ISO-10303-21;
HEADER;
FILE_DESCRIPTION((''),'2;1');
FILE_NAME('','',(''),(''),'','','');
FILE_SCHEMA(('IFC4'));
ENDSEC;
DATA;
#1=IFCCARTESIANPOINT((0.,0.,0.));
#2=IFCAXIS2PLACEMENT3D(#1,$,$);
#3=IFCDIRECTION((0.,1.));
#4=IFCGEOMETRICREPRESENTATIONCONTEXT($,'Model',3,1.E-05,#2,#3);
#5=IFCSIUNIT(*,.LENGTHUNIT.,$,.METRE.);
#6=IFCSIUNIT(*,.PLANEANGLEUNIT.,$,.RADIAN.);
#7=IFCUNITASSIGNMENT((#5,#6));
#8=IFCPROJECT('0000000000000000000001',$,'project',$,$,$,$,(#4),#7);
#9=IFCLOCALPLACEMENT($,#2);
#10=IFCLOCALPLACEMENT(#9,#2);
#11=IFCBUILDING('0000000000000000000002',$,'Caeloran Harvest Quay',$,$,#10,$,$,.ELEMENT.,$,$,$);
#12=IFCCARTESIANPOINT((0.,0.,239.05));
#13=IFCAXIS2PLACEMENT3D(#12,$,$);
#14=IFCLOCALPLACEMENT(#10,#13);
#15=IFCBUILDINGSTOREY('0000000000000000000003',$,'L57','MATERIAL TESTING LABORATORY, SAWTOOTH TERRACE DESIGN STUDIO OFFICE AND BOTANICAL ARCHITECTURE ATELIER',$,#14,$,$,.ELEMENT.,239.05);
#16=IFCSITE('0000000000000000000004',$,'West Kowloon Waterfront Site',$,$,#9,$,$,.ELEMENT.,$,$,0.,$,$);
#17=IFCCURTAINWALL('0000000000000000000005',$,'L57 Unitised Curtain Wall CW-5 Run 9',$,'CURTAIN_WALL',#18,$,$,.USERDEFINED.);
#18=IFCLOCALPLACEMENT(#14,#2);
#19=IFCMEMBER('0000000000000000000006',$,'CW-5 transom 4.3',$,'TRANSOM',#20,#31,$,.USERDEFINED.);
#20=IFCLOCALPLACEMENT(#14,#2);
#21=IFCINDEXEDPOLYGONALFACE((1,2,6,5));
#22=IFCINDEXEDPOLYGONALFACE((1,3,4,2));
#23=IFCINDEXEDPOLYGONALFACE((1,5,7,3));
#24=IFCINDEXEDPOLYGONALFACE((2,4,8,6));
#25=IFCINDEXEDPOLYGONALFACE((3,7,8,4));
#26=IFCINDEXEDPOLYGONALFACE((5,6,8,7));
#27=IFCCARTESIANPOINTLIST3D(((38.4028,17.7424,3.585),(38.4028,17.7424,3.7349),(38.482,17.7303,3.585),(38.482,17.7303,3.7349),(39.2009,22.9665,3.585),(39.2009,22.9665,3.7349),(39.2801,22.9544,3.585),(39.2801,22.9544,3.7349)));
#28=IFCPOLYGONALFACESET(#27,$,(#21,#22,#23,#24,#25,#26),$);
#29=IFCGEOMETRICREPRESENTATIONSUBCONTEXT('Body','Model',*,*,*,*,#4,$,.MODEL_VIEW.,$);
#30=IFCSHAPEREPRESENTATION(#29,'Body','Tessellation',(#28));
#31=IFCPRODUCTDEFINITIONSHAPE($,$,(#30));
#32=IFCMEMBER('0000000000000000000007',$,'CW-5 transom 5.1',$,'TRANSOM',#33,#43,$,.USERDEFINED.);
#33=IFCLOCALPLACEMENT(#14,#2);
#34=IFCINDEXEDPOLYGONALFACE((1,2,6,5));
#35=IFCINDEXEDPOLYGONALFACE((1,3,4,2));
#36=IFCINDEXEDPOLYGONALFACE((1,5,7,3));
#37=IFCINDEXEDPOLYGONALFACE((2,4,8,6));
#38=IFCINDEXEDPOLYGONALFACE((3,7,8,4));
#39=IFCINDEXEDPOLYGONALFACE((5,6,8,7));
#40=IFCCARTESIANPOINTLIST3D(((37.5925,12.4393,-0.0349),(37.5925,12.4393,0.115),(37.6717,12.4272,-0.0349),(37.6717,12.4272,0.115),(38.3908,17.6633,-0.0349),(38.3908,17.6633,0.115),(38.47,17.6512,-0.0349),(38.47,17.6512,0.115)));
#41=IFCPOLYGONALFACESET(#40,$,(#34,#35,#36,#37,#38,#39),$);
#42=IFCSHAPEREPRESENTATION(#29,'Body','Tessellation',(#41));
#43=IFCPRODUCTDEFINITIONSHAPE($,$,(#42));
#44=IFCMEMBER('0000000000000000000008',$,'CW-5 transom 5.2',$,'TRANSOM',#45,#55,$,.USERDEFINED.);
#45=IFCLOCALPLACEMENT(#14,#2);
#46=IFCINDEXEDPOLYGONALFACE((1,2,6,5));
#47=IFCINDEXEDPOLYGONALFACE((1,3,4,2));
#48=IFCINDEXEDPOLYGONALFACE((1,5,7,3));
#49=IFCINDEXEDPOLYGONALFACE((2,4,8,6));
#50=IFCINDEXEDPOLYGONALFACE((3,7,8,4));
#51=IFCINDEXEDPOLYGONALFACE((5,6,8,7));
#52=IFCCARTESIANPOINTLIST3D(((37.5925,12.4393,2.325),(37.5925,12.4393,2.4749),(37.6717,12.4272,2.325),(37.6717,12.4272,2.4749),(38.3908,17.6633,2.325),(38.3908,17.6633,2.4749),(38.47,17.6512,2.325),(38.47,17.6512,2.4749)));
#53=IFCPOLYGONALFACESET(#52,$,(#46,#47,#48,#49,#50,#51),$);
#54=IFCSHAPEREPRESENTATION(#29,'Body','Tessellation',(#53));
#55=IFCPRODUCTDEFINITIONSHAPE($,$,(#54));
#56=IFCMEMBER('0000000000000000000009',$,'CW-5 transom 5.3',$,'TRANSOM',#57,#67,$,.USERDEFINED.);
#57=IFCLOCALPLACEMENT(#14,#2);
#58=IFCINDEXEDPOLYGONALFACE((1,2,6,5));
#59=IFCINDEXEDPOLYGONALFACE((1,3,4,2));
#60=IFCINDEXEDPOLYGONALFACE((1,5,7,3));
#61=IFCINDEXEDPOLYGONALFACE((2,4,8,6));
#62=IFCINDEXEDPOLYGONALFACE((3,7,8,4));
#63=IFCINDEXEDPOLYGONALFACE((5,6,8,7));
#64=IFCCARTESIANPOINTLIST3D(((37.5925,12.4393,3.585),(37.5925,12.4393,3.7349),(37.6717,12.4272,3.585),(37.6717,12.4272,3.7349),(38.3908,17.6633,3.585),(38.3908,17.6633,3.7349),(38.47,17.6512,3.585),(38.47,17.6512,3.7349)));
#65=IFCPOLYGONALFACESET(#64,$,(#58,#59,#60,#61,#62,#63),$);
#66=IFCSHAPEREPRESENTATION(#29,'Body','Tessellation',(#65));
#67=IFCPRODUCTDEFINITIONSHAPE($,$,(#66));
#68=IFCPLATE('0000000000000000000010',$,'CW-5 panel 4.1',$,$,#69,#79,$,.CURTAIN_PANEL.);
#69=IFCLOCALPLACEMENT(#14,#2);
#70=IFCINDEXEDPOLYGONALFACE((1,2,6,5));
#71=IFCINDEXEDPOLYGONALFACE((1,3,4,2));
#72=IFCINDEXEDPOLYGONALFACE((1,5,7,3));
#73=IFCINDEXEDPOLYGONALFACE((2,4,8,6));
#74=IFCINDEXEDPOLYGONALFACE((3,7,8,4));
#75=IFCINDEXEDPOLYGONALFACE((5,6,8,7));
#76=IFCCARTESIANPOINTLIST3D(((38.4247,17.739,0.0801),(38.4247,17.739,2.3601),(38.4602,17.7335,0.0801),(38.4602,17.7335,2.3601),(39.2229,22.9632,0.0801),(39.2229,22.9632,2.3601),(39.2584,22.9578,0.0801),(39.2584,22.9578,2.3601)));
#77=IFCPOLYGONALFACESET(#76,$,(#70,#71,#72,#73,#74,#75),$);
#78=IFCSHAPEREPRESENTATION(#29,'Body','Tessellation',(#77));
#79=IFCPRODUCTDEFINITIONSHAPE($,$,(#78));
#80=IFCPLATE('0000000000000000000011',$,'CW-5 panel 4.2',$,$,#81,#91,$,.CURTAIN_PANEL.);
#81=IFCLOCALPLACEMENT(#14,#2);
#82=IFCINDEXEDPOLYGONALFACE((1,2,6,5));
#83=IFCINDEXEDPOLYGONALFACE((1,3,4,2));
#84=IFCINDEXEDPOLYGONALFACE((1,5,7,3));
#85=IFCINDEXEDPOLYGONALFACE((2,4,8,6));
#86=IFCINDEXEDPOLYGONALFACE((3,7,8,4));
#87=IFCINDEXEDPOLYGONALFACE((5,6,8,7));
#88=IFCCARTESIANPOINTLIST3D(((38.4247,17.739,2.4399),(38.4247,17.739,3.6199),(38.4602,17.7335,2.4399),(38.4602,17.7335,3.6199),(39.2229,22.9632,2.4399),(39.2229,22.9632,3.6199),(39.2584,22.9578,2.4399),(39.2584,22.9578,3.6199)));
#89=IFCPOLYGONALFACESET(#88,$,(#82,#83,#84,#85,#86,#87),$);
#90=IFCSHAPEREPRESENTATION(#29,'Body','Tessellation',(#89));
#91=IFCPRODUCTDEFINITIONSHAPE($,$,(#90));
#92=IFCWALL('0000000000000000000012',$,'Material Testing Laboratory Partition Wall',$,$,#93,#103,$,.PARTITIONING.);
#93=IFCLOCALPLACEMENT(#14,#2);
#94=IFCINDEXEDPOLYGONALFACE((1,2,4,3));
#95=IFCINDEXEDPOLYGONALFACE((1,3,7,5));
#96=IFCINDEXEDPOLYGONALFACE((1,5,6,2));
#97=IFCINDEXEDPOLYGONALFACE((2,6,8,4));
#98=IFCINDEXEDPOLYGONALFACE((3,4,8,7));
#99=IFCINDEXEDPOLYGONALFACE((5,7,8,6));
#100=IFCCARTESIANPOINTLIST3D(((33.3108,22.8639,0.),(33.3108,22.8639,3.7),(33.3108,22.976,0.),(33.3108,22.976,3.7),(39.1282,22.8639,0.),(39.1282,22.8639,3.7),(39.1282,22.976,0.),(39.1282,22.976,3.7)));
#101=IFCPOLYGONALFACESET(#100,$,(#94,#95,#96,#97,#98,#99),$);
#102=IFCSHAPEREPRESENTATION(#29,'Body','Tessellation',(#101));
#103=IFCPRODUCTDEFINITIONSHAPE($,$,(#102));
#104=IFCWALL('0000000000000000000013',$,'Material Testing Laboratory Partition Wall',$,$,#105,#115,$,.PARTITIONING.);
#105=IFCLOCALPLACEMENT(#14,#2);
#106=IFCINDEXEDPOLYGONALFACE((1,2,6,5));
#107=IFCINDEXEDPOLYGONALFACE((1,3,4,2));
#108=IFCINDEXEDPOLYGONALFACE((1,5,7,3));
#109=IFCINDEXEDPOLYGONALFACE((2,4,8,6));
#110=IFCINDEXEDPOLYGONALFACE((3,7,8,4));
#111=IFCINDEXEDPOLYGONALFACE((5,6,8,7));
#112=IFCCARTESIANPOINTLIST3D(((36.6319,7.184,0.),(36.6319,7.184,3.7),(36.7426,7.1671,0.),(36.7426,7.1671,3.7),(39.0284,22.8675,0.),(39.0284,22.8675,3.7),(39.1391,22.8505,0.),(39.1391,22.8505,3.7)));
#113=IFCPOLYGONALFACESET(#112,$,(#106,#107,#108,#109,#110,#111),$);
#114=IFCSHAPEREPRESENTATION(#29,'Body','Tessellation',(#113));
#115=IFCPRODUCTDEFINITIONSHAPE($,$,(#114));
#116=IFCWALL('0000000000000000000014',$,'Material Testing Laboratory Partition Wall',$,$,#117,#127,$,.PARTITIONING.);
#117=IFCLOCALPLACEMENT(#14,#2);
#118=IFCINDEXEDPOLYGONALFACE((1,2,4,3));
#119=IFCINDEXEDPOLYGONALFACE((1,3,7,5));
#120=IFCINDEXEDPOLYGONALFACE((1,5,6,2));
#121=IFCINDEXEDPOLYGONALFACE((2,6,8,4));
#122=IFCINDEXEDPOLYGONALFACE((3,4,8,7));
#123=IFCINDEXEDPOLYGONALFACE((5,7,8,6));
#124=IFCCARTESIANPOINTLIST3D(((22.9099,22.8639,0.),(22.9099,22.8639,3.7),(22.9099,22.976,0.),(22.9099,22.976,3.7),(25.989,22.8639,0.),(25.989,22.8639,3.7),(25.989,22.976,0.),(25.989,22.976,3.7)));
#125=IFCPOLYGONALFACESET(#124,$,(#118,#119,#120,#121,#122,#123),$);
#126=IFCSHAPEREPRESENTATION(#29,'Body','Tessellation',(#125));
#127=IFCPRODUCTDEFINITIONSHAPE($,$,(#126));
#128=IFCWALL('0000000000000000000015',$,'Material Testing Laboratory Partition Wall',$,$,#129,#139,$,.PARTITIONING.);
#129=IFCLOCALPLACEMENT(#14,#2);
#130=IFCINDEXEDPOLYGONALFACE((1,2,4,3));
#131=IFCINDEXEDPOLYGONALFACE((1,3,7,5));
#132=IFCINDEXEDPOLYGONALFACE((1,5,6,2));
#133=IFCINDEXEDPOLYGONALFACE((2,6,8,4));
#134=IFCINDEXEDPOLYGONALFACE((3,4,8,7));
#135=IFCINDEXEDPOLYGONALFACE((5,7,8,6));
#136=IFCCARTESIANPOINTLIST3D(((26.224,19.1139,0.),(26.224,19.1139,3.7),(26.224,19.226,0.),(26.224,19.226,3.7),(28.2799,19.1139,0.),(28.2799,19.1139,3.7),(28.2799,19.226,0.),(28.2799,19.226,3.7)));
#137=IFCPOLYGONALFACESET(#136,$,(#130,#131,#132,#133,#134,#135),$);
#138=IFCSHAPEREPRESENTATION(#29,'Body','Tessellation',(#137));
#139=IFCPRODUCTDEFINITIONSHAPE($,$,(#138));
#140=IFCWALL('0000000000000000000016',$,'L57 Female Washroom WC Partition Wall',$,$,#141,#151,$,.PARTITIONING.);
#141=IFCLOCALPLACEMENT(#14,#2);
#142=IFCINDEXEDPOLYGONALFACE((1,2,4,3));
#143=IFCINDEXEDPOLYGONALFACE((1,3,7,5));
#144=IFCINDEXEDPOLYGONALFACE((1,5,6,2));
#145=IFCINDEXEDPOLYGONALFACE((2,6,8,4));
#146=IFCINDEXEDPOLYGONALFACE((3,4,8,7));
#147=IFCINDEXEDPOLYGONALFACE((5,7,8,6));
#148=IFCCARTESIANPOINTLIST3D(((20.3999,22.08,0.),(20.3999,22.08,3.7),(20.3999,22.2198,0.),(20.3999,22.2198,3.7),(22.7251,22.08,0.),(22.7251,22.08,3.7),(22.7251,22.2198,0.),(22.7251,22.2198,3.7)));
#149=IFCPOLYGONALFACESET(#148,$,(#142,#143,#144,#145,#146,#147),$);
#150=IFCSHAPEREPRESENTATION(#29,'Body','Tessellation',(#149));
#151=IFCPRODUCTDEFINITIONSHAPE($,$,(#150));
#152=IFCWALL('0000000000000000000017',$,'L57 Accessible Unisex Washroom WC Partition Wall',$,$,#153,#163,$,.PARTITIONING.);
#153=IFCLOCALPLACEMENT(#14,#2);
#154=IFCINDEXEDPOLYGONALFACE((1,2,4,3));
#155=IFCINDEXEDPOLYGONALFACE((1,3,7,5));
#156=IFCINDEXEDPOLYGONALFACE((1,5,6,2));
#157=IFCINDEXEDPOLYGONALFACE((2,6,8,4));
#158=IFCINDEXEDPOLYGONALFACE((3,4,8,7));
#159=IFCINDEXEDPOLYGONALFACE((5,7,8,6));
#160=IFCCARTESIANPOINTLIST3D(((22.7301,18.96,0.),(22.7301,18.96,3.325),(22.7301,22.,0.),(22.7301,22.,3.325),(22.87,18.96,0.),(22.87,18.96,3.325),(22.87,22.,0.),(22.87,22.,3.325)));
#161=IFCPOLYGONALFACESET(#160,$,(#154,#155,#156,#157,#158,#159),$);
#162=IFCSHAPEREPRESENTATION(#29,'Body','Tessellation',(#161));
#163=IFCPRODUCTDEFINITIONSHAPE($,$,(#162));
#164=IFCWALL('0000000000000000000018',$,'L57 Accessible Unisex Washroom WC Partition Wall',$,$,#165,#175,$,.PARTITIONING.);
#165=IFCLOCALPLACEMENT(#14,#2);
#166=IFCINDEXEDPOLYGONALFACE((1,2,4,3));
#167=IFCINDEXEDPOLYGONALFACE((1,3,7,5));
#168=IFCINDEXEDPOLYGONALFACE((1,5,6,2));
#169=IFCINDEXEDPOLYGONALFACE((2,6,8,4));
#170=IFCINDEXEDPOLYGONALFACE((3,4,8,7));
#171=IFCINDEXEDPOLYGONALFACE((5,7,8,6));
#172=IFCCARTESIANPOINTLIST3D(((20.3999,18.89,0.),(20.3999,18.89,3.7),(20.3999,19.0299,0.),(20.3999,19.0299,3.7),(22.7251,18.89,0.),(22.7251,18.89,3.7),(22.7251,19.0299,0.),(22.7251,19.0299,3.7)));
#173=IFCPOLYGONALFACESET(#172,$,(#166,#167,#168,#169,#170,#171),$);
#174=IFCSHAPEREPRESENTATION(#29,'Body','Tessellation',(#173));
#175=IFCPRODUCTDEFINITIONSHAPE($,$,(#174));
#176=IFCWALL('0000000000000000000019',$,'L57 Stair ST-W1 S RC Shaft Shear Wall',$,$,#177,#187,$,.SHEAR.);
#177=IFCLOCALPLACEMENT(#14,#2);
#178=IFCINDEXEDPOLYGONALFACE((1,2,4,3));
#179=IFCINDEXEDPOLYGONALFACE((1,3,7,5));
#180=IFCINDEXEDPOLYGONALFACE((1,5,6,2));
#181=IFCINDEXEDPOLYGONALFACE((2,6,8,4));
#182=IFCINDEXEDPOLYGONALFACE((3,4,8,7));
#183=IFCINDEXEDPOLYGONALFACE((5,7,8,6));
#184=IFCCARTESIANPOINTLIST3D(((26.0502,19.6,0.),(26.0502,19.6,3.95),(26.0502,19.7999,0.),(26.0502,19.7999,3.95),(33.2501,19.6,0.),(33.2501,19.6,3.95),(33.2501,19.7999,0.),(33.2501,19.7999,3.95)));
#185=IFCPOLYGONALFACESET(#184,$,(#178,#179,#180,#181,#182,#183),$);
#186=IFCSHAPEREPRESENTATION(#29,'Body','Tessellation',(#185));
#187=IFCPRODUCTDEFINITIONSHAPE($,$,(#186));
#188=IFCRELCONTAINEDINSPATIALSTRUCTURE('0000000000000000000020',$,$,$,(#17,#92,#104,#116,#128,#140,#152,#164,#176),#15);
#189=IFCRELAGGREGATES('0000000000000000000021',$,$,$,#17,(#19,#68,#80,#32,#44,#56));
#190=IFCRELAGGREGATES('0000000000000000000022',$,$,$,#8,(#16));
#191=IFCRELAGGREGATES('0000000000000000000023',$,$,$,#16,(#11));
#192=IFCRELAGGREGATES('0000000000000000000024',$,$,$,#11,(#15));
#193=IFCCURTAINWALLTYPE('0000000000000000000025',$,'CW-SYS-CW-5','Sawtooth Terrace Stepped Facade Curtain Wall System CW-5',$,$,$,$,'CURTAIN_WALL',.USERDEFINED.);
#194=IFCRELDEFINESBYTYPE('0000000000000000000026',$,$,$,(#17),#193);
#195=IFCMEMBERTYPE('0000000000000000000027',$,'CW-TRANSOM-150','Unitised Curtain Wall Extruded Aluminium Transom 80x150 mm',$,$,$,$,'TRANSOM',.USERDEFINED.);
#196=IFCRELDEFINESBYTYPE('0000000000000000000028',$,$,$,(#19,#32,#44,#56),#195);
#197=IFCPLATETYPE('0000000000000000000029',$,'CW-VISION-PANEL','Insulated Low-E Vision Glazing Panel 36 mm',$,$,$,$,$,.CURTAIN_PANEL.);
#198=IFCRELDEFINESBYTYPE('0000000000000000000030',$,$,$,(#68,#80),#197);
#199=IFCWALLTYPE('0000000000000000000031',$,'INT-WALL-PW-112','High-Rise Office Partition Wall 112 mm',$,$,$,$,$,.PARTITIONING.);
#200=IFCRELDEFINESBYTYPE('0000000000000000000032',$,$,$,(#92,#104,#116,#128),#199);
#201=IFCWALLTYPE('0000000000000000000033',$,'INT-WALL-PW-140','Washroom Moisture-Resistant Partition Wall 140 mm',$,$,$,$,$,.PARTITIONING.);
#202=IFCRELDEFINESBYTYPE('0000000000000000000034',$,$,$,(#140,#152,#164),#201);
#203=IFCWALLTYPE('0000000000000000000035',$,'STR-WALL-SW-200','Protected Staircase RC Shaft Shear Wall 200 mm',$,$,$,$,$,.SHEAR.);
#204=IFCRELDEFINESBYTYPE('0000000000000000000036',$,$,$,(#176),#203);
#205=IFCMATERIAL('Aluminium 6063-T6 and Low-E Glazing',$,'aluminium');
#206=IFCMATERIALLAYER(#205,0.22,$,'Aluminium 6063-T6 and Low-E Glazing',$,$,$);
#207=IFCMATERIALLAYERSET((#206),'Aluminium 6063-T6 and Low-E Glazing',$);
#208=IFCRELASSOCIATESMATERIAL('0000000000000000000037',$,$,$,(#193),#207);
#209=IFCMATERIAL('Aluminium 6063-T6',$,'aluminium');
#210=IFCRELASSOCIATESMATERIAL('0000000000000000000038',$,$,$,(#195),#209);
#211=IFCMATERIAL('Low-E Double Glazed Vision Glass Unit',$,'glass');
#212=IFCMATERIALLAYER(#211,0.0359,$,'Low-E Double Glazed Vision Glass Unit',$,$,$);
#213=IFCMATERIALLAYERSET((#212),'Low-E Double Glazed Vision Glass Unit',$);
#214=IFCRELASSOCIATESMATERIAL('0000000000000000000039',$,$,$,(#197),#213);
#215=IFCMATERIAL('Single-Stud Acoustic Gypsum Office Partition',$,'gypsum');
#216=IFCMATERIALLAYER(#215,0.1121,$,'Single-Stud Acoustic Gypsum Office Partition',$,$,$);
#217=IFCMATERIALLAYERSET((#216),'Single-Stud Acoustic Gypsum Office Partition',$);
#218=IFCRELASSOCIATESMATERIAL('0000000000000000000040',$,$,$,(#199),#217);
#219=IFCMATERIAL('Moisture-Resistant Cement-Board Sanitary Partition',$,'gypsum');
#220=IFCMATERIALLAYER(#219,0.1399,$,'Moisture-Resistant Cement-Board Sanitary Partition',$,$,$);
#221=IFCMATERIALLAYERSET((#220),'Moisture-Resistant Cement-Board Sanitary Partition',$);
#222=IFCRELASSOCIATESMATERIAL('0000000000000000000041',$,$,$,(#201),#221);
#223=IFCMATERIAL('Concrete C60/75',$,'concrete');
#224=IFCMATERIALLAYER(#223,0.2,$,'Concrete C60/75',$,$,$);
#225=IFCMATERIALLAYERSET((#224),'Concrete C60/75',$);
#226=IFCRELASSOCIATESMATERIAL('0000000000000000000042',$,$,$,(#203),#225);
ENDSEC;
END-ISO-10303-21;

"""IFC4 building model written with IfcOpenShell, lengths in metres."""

from ifc_helpers import new_model, si_unit, direction, frame, frame_2d, origin, origin_2d, place, context, subcontext, project, spatial, rectangle, extrude, material, layer, layer_set, material_profile, profile_set, type_object, element, aggregate, save


model = new_model("IFC4")

# Units and contexts
model_context = context("Model", 3, precision=1e-05, world=origin(), true_north=direction((0.0, 1.0)))
body_context = subcontext(model_context, "Body", "Model", "MODEL_VIEW")
ifc_project = project(units=[si_unit("LENGTHUNIT", "METRE"), si_unit("PLANEANGLEUNIT", "RADIAN")], contexts=[model_context])

# Site, building, storey
site_placement = place(None, origin())
site = spatial("IfcSite", under=ifc_project, at=site_placement, Name="West Kowloon Waterfront Site", CompositionType="ELEMENT", RefElevation=0.0)
building_placement = place(site_placement, origin())
building = spatial("IfcBuilding", under=site, at=building_placement, Name="Caeloran Harvest Quay", CompositionType="ELEMENT")
storey_placement = place(building_placement, frame((0.0, 0.0, 239.05)))
storey = spatial("IfcBuildingStorey", under=building, at=storey_placement, Name="L57", Description="MATERIAL TESTING LABORATORY, SAWTOOTH TERRACE DESIGN STUDIO OFFICE AND BOTANICAL ARCHITECTURE ATELIER", CompositionType="ELEMENT", Elevation=239.05)

# Curtain wall, members, plates
ifc_material_1 = material(Name="Aluminium 6063-T6 and Low-E Glazing", Category="aluminium")
ifc_layer_1 = layer(ifc_material_1, 0.22, Name="Aluminium 6063-T6 and Low-E Glazing")
ifc_layer_set_1 = layer_set([ifc_layer_1], Name="Aluminium 6063-T6 and Low-E Glazing")
curtain_wall_type = type_object("IfcCurtainWallType", Name="CW-SYS-CW-5", Description="Sawtooth Terrace Stepped Facade Curtain Wall System CW-5", ElementType="CURTAIN_WALL", PredefinedType="USERDEFINED", material=ifc_layer_set_1)
curtain_wall_placement = place(storey_placement, origin())
curtain_wall = element("IfcCurtainWall", 1, at=curtain_wall_placement, inside=storey, type_object=curtain_wall_type, Name="L57 Unitised Curtain Wall CW-5 Run 9", ObjectType="CURTAIN_WALL", PredefinedType="USERDEFINED")
ifc_material_2 = material(Name="Aluminium 6063-T6", Category="aluminium")
ifc_material_profile_1 = material_profile(ifc_material_2, rectangle(XDim=0.0801, YDim=0.1499, at=origin_2d()), Name="CW-TRANSOM-150")
ifc_profile_set_1 = profile_set([ifc_material_profile_1], Name="Aluminium 6063-T6")
member_type_1 = type_object("IfcMemberType", Name="CW-TRANSOM-150", Description="Unitised Curtain Wall Extruded Aluminium Transom 80x150 mm", ElementType="TRANSOM", PredefinedType="USERDEFINED", material=ifc_profile_set_1)
member_1_placement = place(storey_placement, frame((39.2405, 22.9604, 3.6599), z_axis=(-0.151019, -0.988531, 0.0), x_axis=(0.988531, -0.151019, 0.0)))
member_1 = element("IfcMember", 2, at=member_1_placement, type_object=member_type_1, Name="CW-5 transom 4.3", ObjectType="TRANSOM", PredefinedType="USERDEFINED", context=body_context, shape_type="SweptSolid", body=[
    extrude(rectangle(XDim=0.0801, YDim=0.1499, at=origin_2d()), origin(), (0.0, 0.0, 1.0), 5.2847),
])
member_2_placement = place(storey_placement, frame((38.4304, 17.6572, 0.04), z_axis=(-0.151064, -0.988524, 0.0), x_axis=(0.988524, -0.151064, 0.0)))
member_2 = element("IfcMember", 3, at=member_2_placement, type_object=member_type_1, Name="CW-5 transom 5.1", ObjectType="TRANSOM", PredefinedType="USERDEFINED", context=body_context, shape_type="SweptSolid", body=[
    extrude(rectangle(XDim=0.0801, YDim=0.1499, at=origin_2d()), origin(), (0.0, 0.0, 1.0), 5.2847),
])
member_3_placement = place(storey_placement, frame((38.4304, 17.6572, 2.3999), z_axis=(-0.151064, -0.988524, 0.0), x_axis=(0.988524, -0.151064, 0.0)))
member_3 = element("IfcMember", 4, at=member_3_placement, type_object=member_type_1, Name="CW-5 transom 5.2", ObjectType="TRANSOM", PredefinedType="USERDEFINED", context=body_context, shape_type="SweptSolid", body=[
    extrude(rectangle(XDim=0.0801, YDim=0.1499, at=origin_2d()), origin(), (0.0, 0.0, 1.0), 5.2847),
])
member_4_placement = place(storey_placement, frame((38.4304, 17.6572, 3.6599), z_axis=(-0.151064, -0.988524, 0.0), x_axis=(0.988524, -0.151064, 0.0)))
member_4 = element("IfcMember", 5, at=member_4_placement, type_object=member_type_1, Name="CW-5 transom 5.3", ObjectType="TRANSOM", PredefinedType="USERDEFINED", context=body_context, shape_type="SweptSolid", body=[
    extrude(rectangle(XDim=0.0801, YDim=0.1499, at=origin_2d()), origin(), (0.0, 0.0, 1.0), 5.2847),
])
ifc_material_3 = material(Name="Low-E Double Glazed Vision Glass Unit", Category="glass")
ifc_layer_2 = layer(ifc_material_3, 0.0359, Name="Low-E Double Glazed Vision Glass Unit")
ifc_layer_set_2 = layer_set([ifc_layer_2], Name="Low-E Double Glazed Vision Glass Unit")
plate_type = type_object("IfcPlateType", Name="CW-VISION-PANEL", Description="Insulated Low-E Vision Glazing Panel 36 mm", PredefinedType="CURTAIN_PANEL", material=ifc_layer_set_2)
plate_1_placement = place(storey_placement, frame((38.8416, 20.3484, 0.0801), z_axis=(0.0, 0.0, 1.0), x_axis=(-0.151028, -0.98853, 0.0)))
plate_1 = element("IfcPlate", 6, at=plate_1_placement, type_object=plate_type, Name="CW-5 panel 4.1", PredefinedType="CURTAIN_PANEL", context=body_context, shape_type="SweptSolid", body=[
    extrude(rectangle(XDim=5.2849, YDim=0.0359, at=origin_2d()), origin(), (0.0, 0.0, 1.0), 2.28),
])
plate_2_placement = place(storey_placement, frame((38.8416, 20.3484, 2.4399), z_axis=(0.0, 0.0, 1.0), x_axis=(-0.151028, -0.98853, 0.0)))
plate_2 = element("IfcPlate", 7, at=plate_2_placement, type_object=plate_type, Name="CW-5 panel 4.2", PredefinedType="CURTAIN_PANEL", context=body_context, shape_type="SweptSolid", body=[
    extrude(rectangle(XDim=5.2849, YDim=0.0359, at=origin_2d()), origin(), (0.0, 0.0, 1.0), 1.1799),
])
aggregate(curtain_wall, [member_1, plate_1, plate_2, member_2, member_3, member_4])

# Walls
ifc_material_4 = material(Name="Single-Stud Acoustic Gypsum Office Partition", Category="gypsum")
ifc_layer_3 = layer(ifc_material_4, 0.1121, Name="Single-Stud Acoustic Gypsum Office Partition")
ifc_layer_set_3 = layer_set([ifc_layer_3], Name="Single-Stud Acoustic Gypsum Office Partition")
wall_type_1 = type_object("IfcWallType", Name="INT-WALL-PW-112", Description="High-Rise Office Partition Wall 112 mm", PredefinedType="PARTITIONING", material=ifc_layer_set_3)
wall_1_placement = place(storey_placement, frame((33.3108, 22.9199, 0.0), z_axis=(0.0, 0.0, 1.0), x_axis=(1.0, 0.0, 0.0)))
element("IfcWall", 8, at=wall_1_placement, inside=storey, type_object=wall_type_1, Name="Material Testing Laboratory Partition Wall", PredefinedType="PARTITIONING", context=body_context, shape_type="SweptSolid", body=[
    extrude(rectangle(XDim=5.8174, YDim=0.1121, at=frame_2d((2.9087, 0.0))), origin(), (0.0, 0.0, 1.0), 3.7),
])
wall_2_placement = place(storey_placement, frame((39.0837, 22.8589, 0.0), z_axis=(0.0, 0.0, 1.0), x_axis=(-0.151051, -0.988526, 0.0)))
element("IfcWall", 9, at=wall_2_placement, inside=storey, type_object=wall_type_1, Name="Material Testing Laboratory Partition Wall", PredefinedType="PARTITIONING", context=body_context, shape_type="SweptSolid", body=[
    extrude(rectangle(XDim=15.8655, YDim=0.1121, at=frame_2d((7.9326, 0.0))), origin(), (0.0, 0.0, 1.0), 3.7),
])
wall_3_placement = place(storey_placement, frame((22.9099, 22.9199, 0.0), z_axis=(0.0, 0.0, 1.0), x_axis=(1.0, 0.0, 0.0)))
element("IfcWall", 10, at=wall_3_placement, inside=storey, type_object=wall_type_1, Name="Material Testing Laboratory Partition Wall", PredefinedType="PARTITIONING", context=body_context, shape_type="SweptSolid", body=[
    extrude(rectangle(XDim=3.0791, YDim=0.1121, at=frame_2d((1.5396, 0.0))), origin(), (0.0, 0.0, 1.0), 3.7),
])
wall_4_placement = place(storey_placement, frame((26.2241, 19.1699, 0.0), z_axis=(0.0, 0.0, 1.0), x_axis=(1.0, 0.0, 0.0)))
element("IfcWall", 11, at=wall_4_placement, inside=storey, type_object=wall_type_1, Name="Material Testing Laboratory Partition Wall", PredefinedType="PARTITIONING", context=body_context, shape_type="SweptSolid", body=[
    extrude(rectangle(XDim=2.0559, YDim=0.1121, at=frame_2d((1.0278, 0.0))), origin(), (0.0, 0.0, 1.0), 3.7),
])
ifc_material_5 = material(Name="Moisture-Resistant Cement-Board Sanitary Partition", Category="gypsum")
ifc_layer_4 = layer(ifc_material_5, 0.1399, Name="Moisture-Resistant Cement-Board Sanitary Partition")
ifc_layer_set_4 = layer_set([ifc_layer_4], Name="Moisture-Resistant Cement-Board Sanitary Partition")
wall_type_2 = type_object("IfcWallType", Name="INT-WALL-PW-140", Description="Washroom Moisture-Resistant Partition Wall 140 mm", PredefinedType="PARTITIONING", material=ifc_layer_set_4)
wall_5_placement = place(storey_placement, frame((22.7251, 22.1499, 0.0), z_axis=(0.0, 0.0, 1.0), x_axis=(-1.0, 0.0, 0.0)))
element("IfcWall", 12, at=wall_5_placement, inside=storey, type_object=wall_type_2, Name="L57 Female Washroom WC Partition Wall", PredefinedType="PARTITIONING", context=body_context, shape_type="SweptSolid", body=[
    extrude(rectangle(XDim=2.3252, YDim=0.1399, at=frame_2d((1.1626, 0.0))), origin(), (0.0, 0.0, 1.0), 3.7),
])
wall_6_placement = place(storey_placement, frame((22.8, 22.0, 0.0), z_axis=(0.0, 0.0, 1.0), x_axis=(0.0, -1.0, 0.0)))
element("IfcWall", 13, at=wall_6_placement, inside=storey, type_object=wall_type_2, Name="L57 Accessible Unisex Washroom WC Partition Wall", PredefinedType="PARTITIONING", context=body_context, shape_type="SweptSolid", body=[
    extrude(rectangle(XDim=3.04, YDim=0.1399, at=frame_2d((1.52, 0.0))), origin(), (0.0, 0.0, 1.0), 3.325),
])
wall_7_placement = place(storey_placement, frame((22.7251, 18.96, 0.0), z_axis=(0.0, 0.0, 1.0), x_axis=(-1.0, 0.0, 0.0)))
element("IfcWall", 14, at=wall_7_placement, inside=storey, type_object=wall_type_2, Name="L57 Accessible Unisex Washroom WC Partition Wall", PredefinedType="PARTITIONING", context=body_context, shape_type="SweptSolid", body=[
    extrude(rectangle(XDim=2.3252, YDim=0.1399, at=frame_2d((1.1626, 0.0))), origin(), (0.0, 0.0, 1.0), 3.7),
])
ifc_material_6 = material(Name="Concrete C60/75", Category="concrete")
ifc_layer_5 = layer(ifc_material_6, 0.2, Name="Concrete C60/75")
ifc_layer_set_5 = layer_set([ifc_layer_5], Name="Concrete C60/75")
wall_type_3 = type_object("IfcWallType", Name="STR-WALL-SW-200", Description="Protected Staircase RC Shaft Shear Wall 200 mm", PredefinedType="SHEAR", material=ifc_layer_set_5)
wall_8_placement = place(storey_placement, frame((26.05, 19.7, 0.0), z_axis=(0.0, 0.0, 1.0), x_axis=(1.0, 0.0, 0.0)))
element("IfcWall", 15, at=wall_8_placement, inside=storey, type_object=wall_type_3, Name="L57 Stair ST-W1 S RC Shaft Shear Wall", PredefinedType="SHEAR", context=body_context, shape_type="SweptSolid", body=[
    extrude(rectangle(XDim=7.2, YDim=0.2, at=frame_2d((3.6001, 0.0))), origin(), (0.0, 0.0, 1.0), 3.95),
])

save(model, "model.ifc")
